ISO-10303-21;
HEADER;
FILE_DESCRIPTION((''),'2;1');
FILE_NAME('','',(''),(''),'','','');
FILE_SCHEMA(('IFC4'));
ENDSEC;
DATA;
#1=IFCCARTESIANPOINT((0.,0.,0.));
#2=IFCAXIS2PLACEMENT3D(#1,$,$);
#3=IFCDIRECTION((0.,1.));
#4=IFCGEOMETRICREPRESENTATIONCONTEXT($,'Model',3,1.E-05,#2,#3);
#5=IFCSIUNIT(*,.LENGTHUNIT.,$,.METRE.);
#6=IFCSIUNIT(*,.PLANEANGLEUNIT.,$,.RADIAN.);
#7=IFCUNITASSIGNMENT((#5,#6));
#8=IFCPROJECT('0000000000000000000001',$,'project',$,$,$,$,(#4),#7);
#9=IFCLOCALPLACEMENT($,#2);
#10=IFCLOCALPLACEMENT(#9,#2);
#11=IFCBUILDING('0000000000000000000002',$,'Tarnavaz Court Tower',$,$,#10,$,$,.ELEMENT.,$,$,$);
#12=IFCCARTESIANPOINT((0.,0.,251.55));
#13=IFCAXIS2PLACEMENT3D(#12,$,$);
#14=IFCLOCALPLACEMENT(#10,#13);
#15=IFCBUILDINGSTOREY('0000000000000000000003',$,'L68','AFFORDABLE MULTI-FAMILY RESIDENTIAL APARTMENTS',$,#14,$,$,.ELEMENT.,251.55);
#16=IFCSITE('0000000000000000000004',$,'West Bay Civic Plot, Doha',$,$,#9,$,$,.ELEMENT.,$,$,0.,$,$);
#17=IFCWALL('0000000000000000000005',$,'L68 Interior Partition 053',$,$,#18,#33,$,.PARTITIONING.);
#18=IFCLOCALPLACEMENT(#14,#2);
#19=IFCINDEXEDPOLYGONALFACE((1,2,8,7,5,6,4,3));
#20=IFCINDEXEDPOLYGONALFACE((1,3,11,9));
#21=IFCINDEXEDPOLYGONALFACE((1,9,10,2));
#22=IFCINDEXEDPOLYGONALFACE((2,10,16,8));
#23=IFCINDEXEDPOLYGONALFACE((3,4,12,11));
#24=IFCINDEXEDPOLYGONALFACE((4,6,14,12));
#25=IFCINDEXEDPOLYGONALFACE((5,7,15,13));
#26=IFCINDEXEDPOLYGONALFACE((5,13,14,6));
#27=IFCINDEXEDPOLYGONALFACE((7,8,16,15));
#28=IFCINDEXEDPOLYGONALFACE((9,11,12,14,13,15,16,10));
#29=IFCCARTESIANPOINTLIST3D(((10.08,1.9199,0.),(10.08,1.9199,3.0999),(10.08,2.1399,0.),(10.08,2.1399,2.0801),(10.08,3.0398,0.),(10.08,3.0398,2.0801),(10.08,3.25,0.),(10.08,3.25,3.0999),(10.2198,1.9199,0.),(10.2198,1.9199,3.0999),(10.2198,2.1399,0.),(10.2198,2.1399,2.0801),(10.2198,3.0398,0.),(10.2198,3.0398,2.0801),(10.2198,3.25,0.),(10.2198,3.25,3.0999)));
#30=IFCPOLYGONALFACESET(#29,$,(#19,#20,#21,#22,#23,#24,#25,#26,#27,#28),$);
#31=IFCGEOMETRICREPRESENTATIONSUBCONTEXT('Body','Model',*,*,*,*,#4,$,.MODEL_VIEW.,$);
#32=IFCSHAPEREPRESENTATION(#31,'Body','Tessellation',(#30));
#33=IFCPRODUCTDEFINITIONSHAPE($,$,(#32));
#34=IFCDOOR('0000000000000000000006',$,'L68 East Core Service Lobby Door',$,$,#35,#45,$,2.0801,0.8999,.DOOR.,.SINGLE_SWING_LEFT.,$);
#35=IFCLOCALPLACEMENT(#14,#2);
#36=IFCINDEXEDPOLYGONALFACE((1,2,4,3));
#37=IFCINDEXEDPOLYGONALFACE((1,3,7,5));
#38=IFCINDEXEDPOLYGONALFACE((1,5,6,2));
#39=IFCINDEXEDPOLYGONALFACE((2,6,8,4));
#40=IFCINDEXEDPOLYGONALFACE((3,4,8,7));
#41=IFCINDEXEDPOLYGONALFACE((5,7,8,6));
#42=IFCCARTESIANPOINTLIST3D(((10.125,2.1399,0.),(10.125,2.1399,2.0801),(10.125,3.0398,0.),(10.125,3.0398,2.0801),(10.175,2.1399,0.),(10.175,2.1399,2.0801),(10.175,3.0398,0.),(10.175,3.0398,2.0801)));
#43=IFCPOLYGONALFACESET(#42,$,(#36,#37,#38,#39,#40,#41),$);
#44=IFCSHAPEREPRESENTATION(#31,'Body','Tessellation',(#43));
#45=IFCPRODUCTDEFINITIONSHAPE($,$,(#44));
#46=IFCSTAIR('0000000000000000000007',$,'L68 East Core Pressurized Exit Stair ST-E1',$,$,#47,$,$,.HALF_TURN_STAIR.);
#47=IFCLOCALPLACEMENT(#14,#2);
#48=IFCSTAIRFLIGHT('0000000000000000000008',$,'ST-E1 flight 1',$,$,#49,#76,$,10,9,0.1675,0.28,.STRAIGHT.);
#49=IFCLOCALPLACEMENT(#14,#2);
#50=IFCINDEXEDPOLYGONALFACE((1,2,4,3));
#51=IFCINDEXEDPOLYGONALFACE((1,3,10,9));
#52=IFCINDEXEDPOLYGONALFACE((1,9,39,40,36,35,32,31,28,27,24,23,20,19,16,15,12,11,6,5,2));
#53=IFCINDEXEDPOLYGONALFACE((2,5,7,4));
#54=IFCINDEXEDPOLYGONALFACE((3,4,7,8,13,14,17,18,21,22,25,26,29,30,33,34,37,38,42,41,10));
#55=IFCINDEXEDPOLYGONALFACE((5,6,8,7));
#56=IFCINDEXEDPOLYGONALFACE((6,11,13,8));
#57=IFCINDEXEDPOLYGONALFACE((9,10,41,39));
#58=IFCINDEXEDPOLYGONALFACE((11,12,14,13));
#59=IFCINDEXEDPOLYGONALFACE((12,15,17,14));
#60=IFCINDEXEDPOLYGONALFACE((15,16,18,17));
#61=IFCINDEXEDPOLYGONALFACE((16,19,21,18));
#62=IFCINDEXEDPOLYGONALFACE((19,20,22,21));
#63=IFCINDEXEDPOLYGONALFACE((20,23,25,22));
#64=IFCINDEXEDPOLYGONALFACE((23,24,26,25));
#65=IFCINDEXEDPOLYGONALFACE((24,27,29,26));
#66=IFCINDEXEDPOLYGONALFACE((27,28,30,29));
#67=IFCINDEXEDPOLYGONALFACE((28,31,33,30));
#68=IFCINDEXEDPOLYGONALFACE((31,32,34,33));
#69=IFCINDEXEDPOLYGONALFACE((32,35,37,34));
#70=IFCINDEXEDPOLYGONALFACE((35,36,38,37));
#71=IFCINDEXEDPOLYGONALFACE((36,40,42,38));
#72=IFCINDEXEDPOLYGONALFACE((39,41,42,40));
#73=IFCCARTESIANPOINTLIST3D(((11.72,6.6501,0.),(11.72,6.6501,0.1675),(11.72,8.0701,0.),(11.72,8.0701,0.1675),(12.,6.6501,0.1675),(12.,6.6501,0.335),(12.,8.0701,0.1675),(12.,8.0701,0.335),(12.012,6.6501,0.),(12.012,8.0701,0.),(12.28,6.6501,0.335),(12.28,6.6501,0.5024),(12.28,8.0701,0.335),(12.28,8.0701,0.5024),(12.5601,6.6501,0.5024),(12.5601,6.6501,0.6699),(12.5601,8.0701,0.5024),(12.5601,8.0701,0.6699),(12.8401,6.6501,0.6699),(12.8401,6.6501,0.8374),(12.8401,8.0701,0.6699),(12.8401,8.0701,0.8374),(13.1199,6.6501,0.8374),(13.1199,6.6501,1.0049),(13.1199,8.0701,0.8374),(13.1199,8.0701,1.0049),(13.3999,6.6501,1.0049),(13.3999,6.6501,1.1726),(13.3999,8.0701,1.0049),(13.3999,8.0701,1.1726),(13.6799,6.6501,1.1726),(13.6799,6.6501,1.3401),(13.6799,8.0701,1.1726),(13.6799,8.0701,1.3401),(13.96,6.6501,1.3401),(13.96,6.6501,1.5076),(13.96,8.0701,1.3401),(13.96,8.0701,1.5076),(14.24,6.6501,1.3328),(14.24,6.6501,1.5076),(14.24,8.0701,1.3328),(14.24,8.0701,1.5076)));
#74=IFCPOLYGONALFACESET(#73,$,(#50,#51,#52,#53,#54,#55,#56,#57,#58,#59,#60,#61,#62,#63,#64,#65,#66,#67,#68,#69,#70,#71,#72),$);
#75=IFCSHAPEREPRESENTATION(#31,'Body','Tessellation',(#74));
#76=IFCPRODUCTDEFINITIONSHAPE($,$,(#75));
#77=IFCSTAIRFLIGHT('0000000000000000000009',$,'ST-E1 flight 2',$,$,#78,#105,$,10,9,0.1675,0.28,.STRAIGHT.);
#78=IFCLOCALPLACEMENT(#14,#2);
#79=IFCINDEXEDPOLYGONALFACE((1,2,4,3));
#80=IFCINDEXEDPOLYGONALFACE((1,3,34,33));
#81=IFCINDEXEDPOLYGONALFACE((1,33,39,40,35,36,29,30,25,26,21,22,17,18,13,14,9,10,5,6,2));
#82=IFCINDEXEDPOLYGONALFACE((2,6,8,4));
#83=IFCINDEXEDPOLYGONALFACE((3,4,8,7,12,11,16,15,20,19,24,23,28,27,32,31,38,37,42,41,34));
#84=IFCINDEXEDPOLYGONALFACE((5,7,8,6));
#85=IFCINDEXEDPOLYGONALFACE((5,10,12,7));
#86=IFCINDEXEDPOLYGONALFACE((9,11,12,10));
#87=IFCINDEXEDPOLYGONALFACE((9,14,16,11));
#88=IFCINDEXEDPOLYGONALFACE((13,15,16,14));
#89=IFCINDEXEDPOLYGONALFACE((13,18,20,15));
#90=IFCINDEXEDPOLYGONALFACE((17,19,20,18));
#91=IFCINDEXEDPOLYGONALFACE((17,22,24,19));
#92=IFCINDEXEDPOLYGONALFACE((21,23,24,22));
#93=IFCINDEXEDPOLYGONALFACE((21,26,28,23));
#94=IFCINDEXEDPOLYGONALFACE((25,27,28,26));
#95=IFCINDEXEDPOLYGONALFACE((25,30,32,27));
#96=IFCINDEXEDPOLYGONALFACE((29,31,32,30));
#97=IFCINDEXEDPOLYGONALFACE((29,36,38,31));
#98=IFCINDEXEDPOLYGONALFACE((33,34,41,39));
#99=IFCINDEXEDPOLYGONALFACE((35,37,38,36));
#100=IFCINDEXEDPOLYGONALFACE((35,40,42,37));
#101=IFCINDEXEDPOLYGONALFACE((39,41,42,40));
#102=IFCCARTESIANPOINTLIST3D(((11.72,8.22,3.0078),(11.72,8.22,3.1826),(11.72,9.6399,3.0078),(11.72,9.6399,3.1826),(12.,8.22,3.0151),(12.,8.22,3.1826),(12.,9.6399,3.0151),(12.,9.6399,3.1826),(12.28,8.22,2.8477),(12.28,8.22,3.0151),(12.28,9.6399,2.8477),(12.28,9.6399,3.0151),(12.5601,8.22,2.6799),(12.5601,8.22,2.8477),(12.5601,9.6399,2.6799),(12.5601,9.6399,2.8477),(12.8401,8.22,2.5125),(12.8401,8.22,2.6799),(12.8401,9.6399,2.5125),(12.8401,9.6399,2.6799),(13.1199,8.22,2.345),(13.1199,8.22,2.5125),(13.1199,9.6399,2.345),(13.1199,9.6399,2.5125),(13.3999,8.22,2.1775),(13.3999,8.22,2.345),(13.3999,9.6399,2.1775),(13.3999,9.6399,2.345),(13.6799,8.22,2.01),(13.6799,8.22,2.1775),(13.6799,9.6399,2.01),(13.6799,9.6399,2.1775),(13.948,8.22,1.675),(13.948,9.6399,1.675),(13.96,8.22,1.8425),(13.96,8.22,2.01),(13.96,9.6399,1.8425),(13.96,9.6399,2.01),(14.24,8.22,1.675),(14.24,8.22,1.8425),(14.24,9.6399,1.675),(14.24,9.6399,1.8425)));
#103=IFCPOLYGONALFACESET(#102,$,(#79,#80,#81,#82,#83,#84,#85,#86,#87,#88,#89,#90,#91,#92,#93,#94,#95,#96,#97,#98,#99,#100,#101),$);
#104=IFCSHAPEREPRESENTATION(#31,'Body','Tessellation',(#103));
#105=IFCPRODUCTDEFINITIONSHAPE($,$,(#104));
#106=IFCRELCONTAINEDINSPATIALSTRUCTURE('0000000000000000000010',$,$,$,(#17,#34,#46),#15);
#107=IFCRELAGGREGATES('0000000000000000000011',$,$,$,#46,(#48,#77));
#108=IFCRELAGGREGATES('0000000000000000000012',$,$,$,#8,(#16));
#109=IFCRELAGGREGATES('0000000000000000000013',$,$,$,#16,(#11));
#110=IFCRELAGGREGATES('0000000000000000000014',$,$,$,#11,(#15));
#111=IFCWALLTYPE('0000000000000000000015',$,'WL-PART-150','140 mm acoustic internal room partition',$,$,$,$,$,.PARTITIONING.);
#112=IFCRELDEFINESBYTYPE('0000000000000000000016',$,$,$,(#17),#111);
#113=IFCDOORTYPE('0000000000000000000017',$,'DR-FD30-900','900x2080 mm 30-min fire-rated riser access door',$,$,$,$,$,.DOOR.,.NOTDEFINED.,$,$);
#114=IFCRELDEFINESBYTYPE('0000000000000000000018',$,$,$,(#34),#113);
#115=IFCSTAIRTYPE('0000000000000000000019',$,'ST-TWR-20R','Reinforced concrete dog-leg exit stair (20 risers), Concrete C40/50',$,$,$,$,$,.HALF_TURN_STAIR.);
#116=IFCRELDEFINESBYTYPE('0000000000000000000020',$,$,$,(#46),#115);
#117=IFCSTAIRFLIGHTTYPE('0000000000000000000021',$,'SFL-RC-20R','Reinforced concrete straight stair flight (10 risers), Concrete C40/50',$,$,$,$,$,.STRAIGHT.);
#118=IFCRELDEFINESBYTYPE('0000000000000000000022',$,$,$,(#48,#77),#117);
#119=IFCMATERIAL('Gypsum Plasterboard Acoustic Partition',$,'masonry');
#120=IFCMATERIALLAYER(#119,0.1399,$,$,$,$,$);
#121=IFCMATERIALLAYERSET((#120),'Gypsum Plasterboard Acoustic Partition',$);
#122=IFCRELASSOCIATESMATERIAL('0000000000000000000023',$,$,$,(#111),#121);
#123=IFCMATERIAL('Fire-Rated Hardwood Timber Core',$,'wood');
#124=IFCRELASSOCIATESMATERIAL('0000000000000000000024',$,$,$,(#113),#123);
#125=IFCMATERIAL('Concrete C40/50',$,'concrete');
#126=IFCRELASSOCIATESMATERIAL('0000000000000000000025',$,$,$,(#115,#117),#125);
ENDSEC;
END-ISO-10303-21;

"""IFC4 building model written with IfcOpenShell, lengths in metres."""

from ifc_helpers import new_model, si_unit, direction, frame, frame_2d, origin, place, context, subcontext, project, spatial, polyline, rectangle, outline, extrude, material, layer, layer_set, type_object, element, fill, aggregate, save


model = new_model("IFC4")

# Units and contexts
model_context = context("Model", 3, precision=1e-05, world=origin(), true_north=direction((0.0, 1.0)))
body_context = subcontext(model_context, "Body", "Model", "MODEL_VIEW")
ifc_project = project(units=[si_unit("LENGTHUNIT", "METRE"), si_unit("PLANEANGLEUNIT", "RADIAN")], contexts=[model_context])

# Site, building, storey
site_placement = place(None, origin())
site = spatial("IfcSite", under=ifc_project, at=site_placement, Name="West Bay Civic Plot, Doha", CompositionType="ELEMENT", RefElevation=0.0)
building_placement = place(site_placement, origin())
building = spatial("IfcBuilding", under=site, at=building_placement, Name="Tarnavaz Court Tower", CompositionType="ELEMENT")
storey_placement = place(building_placement, frame((0.0, 0.0, 251.55)))
storey = spatial("IfcBuildingStorey", under=building, at=storey_placement, Name="L68", Description="AFFORDABLE MULTI-FAMILY RESIDENTIAL APARTMENTS", CompositionType="ELEMENT", Elevation=251.55)

# Wall, opening, door
ifc_material_1 = material(Name="Fire-Rated Hardwood Timber Core", Category="wood")
ifc_material_2 = material(Name="Gypsum Plasterboard Acoustic Partition", Category="masonry")
ifc_layer_1 = layer(ifc_material_2, 0.1399)
ifc_layer_set_1 = layer_set([ifc_layer_1], Name="Gypsum Plasterboard Acoustic Partition")
wall_type_1 = type_object("IfcWallType", Name="WL-PART-150", Description="140 mm acoustic internal room partition", PredefinedType="PARTITIONING", material=ifc_layer_set_1)
wall_1_placement = place(storey_placement, frame((10.1499, 1.9199, 0.0), z_axis=(0.0, 0.0, 1.0), x_axis=(0.0, 1.0, 0.0)))
wall_1 = element("IfcWall", 1, at=wall_1_placement, inside=storey, type_object=wall_type_1, Name="L68 Interior Partition 053", PredefinedType="PARTITIONING", context=body_context, shape_type="SweptSolid", body=[
    extrude(rectangle(XDim=1.3301, YDim=0.1399, at=frame_2d((0.665, 0.0))), origin(), (0.0, 0.0, 1.0), 3.0999),
])
opening_1_placement = place(wall_1_placement, frame((0.22, 0.0, 0.0)))
opening_1 = element("IfcOpeningElement", 2, at=opening_1_placement, cuts=wall_1, PredefinedType="OPENING", context=body_context, shape_type="SweptSolid", body=[
    extrude(rectangle(XDim=0.8999, YDim=2.0801, at=frame_2d((0.45, 1.04))), frame((0.0, 0.0798, 0.0), z_axis=(0.0, -1.0, 0.0), x_axis=(1.0, 0.0, 0.0)), (0.0, 0.0, 1.0), 0.1599),
])
door_type_1 = type_object("IfcDoorType", Name="DR-FD30-900", Description="900x2080 mm 30-min fire-rated riser access door", OperationType="NOTDEFINED", PredefinedType="DOOR", material=ifc_material_1)
door_1_placement = place(opening_1_placement, origin())
door_1 = element("IfcDoor", 3, at=door_1_placement, inside=storey, type_object=door_type_1, Name="L68 East Core Service Lobby Door", OperationType="SINGLE_SWING_LEFT", OverallHeight=2.0801, OverallWidth=0.8999, PredefinedType="DOOR", context=body_context, shape_type="SweptSolid", body=[
    extrude(rectangle(XDim=0.8999, YDim=2.0801, at=frame_2d((0.45, 1.04))), frame((0.0, 0.0249, 0.0), z_axis=(0.0, -1.0, 0.0), x_axis=(1.0, 0.0, 0.0)), (0.0, 0.0, 1.0), 0.05),
])
fill(opening_1, door_1)

# Stair, stair flights
ifc_material_3 = material(Name="Concrete C40/50", Category="concrete")
stair_type = type_object("IfcStairType", Name="ST-TWR-20R", Description="Reinforced concrete dog-leg exit stair (20 risers), Concrete C40/50", PredefinedType="HALF_TURN_STAIR", material=ifc_material_3)
stair_placement = place(storey_placement, origin())
stair = element("IfcStair", 4, at=stair_placement, inside=storey, type_object=stair_type, Name="L68 East Core Pressurized Exit Stair ST-E1", PredefinedType="HALF_TURN_STAIR")
stair_flight_type = type_object("IfcStairFlightType", Name="SFL-RC-20R", Description="Reinforced concrete straight stair flight (10 risers), Concrete C40/50", PredefinedType="STRAIGHT", material=ifc_material_3)
stair_flight_1_placement = place(storey_placement, frame((11.72, 7.3601, 0.0), z_axis=(0.0, 0.0, 1.0), x_axis=(1.0, 0.0, 0.0)))
stair_flight_1 = element("IfcStairFlight", 5, at=stair_flight_1_placement, type_object=stair_flight_type, Name="ST-E1 flight 1", NumberOfRisers=10, NumberOfTreads=9, PredefinedType="STRAIGHT", RiserHeight=0.1675, TreadLength=0.28, context=body_context, shape_type="SweptSolid", body=[
    extrude(outline(polyline([(0.0, 0.0), (0.0, 0.1675), (0.28, 0.1675), (0.28, 0.335), (0.5601, 0.335), (0.5601, 0.5024), (0.8401, 0.5024), (0.8401, 0.6699), (1.1201, 0.6699), (1.1201, 0.8374), (1.3999, 0.8374), (1.3999, 1.0049), (1.6799, 1.0049), (1.6799, 1.1726), (1.96, 1.1726), (1.96, 1.3401), (2.24, 1.3401), (2.24, 1.5076), (2.52, 1.5076), (2.52, 1.675), (2.52, 1.3328), (0.292, 0.0), (0.0, 0.0)])), frame((0.0, 0.71, 0.0), z_axis=(0.0, -1.0, 0.0), x_axis=(1.0, 0.0, 0.0)), (0.0, 0.0, 1.0), 1.4199),
])
stair_flight_2_placement = place(storey_placement, frame((14.24, 8.9299, 1.675), z_axis=(0.0, 0.0, 1.0), x_axis=(-1.0, 0.0, 0.0)))
stair_flight_2 = element("IfcStairFlight", 6, at=stair_flight_2_placement, type_object=stair_flight_type, Name="ST-E1 flight 2", NumberOfRisers=10, NumberOfTreads=9, PredefinedType="STRAIGHT", RiserHeight=0.1675, TreadLength=0.28, context=body_context, shape_type="SweptSolid", body=[
    extrude(outline(polyline([(0.0, 0.0), (0.0, 0.1675), (0.28, 0.1675), (0.28, 0.335), (0.5601, 0.335), (0.5601, 0.5024), (0.8401, 0.5024), (0.8401, 0.6699), (1.1201, 0.6699), (1.1201, 0.8374), (1.3999, 0.8374), (1.3999, 1.0049), (1.6799, 1.0049), (1.6799, 1.1726), (1.96, 1.1726), (1.96, 1.3401), (2.24, 1.3401), (2.24, 1.5076), (2.52, 1.5076), (2.52, 1.675), (2.52, 1.3328), (0.292, 0.0), (0.0, 0.0)])), frame((0.0, 0.71, 0.0), z_axis=(0.0, -1.0, 0.0), x_axis=(1.0, 0.0, 0.0)), (0.0, 0.0, 1.0), 1.4199),
])
aggregate(stair, [stair_flight_1, stair_flight_2])

save(model, "model.ifc")
